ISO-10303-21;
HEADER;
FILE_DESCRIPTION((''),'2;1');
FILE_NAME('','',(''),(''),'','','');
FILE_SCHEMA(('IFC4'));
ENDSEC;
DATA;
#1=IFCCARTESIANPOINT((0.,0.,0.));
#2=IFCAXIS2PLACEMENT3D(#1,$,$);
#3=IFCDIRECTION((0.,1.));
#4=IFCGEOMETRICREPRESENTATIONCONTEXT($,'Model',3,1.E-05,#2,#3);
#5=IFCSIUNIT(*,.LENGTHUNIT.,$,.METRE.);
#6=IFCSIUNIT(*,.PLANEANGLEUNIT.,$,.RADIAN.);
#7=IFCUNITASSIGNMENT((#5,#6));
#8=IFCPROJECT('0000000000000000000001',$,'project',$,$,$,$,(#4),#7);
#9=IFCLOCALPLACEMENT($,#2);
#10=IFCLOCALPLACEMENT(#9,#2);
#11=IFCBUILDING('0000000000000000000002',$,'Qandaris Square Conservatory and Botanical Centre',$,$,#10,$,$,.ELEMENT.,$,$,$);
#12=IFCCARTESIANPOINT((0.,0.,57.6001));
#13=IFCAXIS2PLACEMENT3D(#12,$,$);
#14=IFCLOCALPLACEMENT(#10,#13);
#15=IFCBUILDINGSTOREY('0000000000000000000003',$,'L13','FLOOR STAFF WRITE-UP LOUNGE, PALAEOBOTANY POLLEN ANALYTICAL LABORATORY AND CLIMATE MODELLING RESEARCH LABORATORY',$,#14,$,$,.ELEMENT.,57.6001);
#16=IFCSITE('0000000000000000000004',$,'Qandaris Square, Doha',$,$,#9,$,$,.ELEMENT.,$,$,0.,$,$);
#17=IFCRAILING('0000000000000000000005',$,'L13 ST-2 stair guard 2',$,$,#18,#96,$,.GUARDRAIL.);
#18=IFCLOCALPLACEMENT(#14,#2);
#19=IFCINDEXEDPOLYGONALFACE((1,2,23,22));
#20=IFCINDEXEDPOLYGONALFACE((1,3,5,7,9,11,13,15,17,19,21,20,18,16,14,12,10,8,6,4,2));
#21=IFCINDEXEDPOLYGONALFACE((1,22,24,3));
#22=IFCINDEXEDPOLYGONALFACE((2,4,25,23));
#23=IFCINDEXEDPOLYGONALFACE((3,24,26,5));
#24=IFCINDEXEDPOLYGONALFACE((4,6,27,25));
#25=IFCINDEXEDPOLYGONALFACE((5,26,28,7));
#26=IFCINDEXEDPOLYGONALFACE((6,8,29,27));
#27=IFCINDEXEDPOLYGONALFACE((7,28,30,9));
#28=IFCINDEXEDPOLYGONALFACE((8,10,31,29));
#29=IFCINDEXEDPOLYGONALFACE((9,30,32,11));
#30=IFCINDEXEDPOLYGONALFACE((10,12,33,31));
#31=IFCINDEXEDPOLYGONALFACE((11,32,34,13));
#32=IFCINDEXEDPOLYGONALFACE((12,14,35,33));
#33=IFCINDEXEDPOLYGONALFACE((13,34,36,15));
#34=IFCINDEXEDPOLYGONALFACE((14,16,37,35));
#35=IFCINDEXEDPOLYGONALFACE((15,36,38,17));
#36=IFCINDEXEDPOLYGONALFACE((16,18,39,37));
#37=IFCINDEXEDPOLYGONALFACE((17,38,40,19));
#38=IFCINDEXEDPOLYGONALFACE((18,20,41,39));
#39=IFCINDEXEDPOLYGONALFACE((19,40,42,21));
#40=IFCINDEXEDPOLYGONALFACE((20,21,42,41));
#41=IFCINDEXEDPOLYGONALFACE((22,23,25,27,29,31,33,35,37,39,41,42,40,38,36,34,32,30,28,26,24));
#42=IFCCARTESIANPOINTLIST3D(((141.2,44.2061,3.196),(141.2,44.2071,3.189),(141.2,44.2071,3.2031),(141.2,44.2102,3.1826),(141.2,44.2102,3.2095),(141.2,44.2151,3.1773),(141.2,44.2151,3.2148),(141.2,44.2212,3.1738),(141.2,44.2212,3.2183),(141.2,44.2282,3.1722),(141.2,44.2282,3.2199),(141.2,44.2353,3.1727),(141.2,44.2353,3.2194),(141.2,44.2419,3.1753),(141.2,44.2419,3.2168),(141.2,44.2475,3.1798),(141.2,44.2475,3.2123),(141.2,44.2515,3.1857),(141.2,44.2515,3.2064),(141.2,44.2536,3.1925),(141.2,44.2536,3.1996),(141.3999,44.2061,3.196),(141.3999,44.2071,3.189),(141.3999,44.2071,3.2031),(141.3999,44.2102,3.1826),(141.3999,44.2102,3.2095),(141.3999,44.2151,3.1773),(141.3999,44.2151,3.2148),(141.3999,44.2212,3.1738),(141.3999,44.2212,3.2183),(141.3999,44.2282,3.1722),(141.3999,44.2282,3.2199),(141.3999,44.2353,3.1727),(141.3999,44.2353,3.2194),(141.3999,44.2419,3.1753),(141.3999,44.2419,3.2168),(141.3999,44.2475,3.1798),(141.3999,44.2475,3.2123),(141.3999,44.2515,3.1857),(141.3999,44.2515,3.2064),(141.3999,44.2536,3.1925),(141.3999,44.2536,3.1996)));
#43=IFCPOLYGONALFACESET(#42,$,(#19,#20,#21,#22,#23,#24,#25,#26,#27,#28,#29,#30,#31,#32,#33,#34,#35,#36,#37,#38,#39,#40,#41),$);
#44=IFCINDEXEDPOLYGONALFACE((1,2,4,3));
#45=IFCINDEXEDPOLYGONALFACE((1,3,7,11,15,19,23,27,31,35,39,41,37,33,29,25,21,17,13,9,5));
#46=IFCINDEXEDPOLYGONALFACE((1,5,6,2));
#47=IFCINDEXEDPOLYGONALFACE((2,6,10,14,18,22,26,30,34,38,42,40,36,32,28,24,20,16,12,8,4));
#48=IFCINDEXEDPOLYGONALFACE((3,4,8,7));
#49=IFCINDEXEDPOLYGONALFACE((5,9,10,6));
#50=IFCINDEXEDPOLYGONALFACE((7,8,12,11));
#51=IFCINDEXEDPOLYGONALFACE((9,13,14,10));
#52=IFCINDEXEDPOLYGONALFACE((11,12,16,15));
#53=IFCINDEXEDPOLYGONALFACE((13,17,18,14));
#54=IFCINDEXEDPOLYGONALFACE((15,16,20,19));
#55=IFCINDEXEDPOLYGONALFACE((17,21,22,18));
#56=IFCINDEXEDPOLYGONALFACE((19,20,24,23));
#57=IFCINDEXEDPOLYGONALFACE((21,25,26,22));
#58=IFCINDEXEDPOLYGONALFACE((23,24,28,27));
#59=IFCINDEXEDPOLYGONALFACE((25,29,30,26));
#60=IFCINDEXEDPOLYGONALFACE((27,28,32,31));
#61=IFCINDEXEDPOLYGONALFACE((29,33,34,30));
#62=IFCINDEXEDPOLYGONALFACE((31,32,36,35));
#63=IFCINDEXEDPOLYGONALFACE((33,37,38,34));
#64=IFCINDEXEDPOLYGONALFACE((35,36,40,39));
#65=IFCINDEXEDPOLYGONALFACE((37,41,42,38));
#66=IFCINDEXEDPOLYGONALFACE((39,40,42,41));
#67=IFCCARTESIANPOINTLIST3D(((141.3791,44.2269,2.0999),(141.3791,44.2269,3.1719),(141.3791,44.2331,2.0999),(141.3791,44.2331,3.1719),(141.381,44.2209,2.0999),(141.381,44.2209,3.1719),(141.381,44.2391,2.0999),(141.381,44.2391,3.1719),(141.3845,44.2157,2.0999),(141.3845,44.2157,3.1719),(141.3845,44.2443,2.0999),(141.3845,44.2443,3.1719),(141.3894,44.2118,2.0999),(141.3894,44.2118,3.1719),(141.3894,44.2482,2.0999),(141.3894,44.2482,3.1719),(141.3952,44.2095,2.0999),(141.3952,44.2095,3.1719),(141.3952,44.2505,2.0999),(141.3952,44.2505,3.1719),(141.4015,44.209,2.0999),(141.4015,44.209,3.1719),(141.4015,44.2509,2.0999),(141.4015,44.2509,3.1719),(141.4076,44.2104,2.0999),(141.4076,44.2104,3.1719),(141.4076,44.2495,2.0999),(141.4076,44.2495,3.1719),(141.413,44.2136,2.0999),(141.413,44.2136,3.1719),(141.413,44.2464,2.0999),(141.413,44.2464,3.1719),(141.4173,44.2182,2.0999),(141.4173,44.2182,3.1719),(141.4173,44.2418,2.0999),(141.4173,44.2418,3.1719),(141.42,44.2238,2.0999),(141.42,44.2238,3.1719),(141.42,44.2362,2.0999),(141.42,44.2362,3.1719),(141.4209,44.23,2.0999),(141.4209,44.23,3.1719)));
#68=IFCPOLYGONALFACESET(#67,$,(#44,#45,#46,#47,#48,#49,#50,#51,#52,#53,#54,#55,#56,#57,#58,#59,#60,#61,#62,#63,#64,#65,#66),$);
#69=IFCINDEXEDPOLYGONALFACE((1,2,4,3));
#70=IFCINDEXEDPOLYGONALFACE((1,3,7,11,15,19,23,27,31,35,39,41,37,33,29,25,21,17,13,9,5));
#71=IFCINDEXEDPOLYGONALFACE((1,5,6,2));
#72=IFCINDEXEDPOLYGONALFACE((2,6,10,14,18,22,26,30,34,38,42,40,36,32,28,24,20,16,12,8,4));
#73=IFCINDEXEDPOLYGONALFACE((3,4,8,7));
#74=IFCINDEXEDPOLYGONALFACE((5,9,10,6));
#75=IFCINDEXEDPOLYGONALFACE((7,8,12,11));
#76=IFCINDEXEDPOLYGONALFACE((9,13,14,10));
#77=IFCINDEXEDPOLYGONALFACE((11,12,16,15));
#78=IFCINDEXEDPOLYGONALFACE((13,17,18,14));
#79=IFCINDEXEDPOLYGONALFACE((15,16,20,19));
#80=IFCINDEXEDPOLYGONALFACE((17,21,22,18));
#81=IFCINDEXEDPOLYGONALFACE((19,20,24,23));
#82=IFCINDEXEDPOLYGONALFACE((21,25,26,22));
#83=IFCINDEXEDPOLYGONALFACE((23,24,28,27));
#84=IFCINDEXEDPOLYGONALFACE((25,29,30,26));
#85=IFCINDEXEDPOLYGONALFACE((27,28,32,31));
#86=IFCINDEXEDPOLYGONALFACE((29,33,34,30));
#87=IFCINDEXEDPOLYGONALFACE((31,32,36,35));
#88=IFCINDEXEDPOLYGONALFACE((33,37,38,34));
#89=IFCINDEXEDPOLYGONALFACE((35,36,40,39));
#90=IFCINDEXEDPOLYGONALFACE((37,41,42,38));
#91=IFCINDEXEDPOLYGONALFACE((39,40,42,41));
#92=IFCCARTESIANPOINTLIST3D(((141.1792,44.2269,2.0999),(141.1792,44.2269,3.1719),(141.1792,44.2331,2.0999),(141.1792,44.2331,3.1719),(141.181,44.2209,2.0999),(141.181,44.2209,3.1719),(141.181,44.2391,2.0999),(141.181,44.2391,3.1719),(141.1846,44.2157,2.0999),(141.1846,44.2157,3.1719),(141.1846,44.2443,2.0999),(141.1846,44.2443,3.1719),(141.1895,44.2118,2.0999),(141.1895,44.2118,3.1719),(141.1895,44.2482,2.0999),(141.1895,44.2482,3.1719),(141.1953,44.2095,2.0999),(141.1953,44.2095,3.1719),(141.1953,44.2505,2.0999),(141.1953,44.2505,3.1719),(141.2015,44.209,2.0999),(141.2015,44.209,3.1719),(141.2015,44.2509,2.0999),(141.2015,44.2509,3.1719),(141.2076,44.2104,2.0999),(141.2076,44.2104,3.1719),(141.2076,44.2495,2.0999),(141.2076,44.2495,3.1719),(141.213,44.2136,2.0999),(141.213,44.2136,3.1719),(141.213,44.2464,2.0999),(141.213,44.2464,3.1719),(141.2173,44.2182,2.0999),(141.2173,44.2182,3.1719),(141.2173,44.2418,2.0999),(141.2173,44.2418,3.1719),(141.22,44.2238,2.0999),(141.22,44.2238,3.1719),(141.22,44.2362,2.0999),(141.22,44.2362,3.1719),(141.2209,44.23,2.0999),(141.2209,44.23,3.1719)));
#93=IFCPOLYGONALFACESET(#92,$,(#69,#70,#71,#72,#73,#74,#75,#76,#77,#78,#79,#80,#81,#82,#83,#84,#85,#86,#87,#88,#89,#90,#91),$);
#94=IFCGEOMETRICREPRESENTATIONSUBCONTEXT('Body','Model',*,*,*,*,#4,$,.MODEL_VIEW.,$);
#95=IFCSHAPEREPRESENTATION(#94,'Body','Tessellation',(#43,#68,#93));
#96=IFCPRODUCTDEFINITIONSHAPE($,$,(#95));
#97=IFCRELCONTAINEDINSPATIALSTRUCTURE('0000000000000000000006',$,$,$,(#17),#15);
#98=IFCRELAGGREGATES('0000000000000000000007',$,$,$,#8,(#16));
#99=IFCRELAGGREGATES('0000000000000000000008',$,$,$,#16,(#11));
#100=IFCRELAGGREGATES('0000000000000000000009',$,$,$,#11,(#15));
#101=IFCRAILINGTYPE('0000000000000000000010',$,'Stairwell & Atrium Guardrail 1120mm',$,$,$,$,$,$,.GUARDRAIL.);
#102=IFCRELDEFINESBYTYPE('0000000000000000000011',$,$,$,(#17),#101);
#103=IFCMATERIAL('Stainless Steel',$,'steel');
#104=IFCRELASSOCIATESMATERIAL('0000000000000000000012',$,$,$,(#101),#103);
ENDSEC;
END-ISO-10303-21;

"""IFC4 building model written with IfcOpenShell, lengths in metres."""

from ifc_helpers import new_model, si_unit, direction, frame, origin, origin_2d, place, context, subcontext, project, spatial, circle, extrude, material, type_object, element, save


model = new_model("IFC4")

# Units and contexts
model_context = context("Model", 3, precision=1e-05, world=origin(), true_north=direction((0.0, 1.0)))
body_context = subcontext(model_context, "Body", "Model", "MODEL_VIEW")
ifc_project = project(units=[si_unit("LENGTHUNIT", "METRE"), si_unit("PLANEANGLEUNIT", "RADIAN")], contexts=[model_context])

# Site, building, storey
site_placement = place(None, origin())
site = spatial("IfcSite", under=ifc_project, at=site_placement, Name="Qandaris Square, Doha", CompositionType="ELEMENT", RefElevation=0.0)
building_placement = place(site_placement, origin())
building = spatial("IfcBuilding", under=site, at=building_placement, Name="Qandaris Square Conservatory and Botanical Centre", CompositionType="ELEMENT")
storey_placement = place(building_placement, frame((0.0, 0.0, 57.6001)))
storey = spatial("IfcBuildingStorey", under=building, at=storey_placement, Name="L13", Description="FLOOR STAFF WRITE-UP LOUNGE, PALAEOBOTANY POLLEN ANALYTICAL LABORATORY AND CLIMATE MODELLING RESEARCH LABORATORY", CompositionType="ELEMENT", Elevation=57.6001)

# Railing
ifc_material_1 = material(Name="Stainless Steel", Category="steel")
railing_type_1 = type_object("IfcRailingType", Name="Stairwell & Atrium Guardrail 1120mm", PredefinedType="GUARDRAIL", material=ifc_material_1)
railing_1_placement = place(storey_placement, frame((141.3999, 44.23, 2.0999)))
element("IfcRailing", 1, at=railing_1_placement, inside=storey, type_object=railing_type_1, Name="L13 ST-2 stair guard 2", PredefinedType="GUARDRAIL", context=body_context, shape_type="SweptSolid", body=[
    extrude(circle(Radius=0.0239, at=origin_2d()), frame((0.0, 0.0, 1.0962), z_axis=(-1.0, 0.0, 0.0), x_axis=(0.0, -1.0, 0.0)), (0.0, 0.0, 1.0), 0.2),
    extrude(circle(Radius=0.021, at=origin_2d()), origin(), (0.0, 0.0, 1.0), 1.072),
    extrude(circle(Radius=0.021, at=origin_2d()), frame((-0.2, 0.0, 0.0)), (0.0, 0.0, 1.0), 1.072),
])

save(model, "model.ifc")
